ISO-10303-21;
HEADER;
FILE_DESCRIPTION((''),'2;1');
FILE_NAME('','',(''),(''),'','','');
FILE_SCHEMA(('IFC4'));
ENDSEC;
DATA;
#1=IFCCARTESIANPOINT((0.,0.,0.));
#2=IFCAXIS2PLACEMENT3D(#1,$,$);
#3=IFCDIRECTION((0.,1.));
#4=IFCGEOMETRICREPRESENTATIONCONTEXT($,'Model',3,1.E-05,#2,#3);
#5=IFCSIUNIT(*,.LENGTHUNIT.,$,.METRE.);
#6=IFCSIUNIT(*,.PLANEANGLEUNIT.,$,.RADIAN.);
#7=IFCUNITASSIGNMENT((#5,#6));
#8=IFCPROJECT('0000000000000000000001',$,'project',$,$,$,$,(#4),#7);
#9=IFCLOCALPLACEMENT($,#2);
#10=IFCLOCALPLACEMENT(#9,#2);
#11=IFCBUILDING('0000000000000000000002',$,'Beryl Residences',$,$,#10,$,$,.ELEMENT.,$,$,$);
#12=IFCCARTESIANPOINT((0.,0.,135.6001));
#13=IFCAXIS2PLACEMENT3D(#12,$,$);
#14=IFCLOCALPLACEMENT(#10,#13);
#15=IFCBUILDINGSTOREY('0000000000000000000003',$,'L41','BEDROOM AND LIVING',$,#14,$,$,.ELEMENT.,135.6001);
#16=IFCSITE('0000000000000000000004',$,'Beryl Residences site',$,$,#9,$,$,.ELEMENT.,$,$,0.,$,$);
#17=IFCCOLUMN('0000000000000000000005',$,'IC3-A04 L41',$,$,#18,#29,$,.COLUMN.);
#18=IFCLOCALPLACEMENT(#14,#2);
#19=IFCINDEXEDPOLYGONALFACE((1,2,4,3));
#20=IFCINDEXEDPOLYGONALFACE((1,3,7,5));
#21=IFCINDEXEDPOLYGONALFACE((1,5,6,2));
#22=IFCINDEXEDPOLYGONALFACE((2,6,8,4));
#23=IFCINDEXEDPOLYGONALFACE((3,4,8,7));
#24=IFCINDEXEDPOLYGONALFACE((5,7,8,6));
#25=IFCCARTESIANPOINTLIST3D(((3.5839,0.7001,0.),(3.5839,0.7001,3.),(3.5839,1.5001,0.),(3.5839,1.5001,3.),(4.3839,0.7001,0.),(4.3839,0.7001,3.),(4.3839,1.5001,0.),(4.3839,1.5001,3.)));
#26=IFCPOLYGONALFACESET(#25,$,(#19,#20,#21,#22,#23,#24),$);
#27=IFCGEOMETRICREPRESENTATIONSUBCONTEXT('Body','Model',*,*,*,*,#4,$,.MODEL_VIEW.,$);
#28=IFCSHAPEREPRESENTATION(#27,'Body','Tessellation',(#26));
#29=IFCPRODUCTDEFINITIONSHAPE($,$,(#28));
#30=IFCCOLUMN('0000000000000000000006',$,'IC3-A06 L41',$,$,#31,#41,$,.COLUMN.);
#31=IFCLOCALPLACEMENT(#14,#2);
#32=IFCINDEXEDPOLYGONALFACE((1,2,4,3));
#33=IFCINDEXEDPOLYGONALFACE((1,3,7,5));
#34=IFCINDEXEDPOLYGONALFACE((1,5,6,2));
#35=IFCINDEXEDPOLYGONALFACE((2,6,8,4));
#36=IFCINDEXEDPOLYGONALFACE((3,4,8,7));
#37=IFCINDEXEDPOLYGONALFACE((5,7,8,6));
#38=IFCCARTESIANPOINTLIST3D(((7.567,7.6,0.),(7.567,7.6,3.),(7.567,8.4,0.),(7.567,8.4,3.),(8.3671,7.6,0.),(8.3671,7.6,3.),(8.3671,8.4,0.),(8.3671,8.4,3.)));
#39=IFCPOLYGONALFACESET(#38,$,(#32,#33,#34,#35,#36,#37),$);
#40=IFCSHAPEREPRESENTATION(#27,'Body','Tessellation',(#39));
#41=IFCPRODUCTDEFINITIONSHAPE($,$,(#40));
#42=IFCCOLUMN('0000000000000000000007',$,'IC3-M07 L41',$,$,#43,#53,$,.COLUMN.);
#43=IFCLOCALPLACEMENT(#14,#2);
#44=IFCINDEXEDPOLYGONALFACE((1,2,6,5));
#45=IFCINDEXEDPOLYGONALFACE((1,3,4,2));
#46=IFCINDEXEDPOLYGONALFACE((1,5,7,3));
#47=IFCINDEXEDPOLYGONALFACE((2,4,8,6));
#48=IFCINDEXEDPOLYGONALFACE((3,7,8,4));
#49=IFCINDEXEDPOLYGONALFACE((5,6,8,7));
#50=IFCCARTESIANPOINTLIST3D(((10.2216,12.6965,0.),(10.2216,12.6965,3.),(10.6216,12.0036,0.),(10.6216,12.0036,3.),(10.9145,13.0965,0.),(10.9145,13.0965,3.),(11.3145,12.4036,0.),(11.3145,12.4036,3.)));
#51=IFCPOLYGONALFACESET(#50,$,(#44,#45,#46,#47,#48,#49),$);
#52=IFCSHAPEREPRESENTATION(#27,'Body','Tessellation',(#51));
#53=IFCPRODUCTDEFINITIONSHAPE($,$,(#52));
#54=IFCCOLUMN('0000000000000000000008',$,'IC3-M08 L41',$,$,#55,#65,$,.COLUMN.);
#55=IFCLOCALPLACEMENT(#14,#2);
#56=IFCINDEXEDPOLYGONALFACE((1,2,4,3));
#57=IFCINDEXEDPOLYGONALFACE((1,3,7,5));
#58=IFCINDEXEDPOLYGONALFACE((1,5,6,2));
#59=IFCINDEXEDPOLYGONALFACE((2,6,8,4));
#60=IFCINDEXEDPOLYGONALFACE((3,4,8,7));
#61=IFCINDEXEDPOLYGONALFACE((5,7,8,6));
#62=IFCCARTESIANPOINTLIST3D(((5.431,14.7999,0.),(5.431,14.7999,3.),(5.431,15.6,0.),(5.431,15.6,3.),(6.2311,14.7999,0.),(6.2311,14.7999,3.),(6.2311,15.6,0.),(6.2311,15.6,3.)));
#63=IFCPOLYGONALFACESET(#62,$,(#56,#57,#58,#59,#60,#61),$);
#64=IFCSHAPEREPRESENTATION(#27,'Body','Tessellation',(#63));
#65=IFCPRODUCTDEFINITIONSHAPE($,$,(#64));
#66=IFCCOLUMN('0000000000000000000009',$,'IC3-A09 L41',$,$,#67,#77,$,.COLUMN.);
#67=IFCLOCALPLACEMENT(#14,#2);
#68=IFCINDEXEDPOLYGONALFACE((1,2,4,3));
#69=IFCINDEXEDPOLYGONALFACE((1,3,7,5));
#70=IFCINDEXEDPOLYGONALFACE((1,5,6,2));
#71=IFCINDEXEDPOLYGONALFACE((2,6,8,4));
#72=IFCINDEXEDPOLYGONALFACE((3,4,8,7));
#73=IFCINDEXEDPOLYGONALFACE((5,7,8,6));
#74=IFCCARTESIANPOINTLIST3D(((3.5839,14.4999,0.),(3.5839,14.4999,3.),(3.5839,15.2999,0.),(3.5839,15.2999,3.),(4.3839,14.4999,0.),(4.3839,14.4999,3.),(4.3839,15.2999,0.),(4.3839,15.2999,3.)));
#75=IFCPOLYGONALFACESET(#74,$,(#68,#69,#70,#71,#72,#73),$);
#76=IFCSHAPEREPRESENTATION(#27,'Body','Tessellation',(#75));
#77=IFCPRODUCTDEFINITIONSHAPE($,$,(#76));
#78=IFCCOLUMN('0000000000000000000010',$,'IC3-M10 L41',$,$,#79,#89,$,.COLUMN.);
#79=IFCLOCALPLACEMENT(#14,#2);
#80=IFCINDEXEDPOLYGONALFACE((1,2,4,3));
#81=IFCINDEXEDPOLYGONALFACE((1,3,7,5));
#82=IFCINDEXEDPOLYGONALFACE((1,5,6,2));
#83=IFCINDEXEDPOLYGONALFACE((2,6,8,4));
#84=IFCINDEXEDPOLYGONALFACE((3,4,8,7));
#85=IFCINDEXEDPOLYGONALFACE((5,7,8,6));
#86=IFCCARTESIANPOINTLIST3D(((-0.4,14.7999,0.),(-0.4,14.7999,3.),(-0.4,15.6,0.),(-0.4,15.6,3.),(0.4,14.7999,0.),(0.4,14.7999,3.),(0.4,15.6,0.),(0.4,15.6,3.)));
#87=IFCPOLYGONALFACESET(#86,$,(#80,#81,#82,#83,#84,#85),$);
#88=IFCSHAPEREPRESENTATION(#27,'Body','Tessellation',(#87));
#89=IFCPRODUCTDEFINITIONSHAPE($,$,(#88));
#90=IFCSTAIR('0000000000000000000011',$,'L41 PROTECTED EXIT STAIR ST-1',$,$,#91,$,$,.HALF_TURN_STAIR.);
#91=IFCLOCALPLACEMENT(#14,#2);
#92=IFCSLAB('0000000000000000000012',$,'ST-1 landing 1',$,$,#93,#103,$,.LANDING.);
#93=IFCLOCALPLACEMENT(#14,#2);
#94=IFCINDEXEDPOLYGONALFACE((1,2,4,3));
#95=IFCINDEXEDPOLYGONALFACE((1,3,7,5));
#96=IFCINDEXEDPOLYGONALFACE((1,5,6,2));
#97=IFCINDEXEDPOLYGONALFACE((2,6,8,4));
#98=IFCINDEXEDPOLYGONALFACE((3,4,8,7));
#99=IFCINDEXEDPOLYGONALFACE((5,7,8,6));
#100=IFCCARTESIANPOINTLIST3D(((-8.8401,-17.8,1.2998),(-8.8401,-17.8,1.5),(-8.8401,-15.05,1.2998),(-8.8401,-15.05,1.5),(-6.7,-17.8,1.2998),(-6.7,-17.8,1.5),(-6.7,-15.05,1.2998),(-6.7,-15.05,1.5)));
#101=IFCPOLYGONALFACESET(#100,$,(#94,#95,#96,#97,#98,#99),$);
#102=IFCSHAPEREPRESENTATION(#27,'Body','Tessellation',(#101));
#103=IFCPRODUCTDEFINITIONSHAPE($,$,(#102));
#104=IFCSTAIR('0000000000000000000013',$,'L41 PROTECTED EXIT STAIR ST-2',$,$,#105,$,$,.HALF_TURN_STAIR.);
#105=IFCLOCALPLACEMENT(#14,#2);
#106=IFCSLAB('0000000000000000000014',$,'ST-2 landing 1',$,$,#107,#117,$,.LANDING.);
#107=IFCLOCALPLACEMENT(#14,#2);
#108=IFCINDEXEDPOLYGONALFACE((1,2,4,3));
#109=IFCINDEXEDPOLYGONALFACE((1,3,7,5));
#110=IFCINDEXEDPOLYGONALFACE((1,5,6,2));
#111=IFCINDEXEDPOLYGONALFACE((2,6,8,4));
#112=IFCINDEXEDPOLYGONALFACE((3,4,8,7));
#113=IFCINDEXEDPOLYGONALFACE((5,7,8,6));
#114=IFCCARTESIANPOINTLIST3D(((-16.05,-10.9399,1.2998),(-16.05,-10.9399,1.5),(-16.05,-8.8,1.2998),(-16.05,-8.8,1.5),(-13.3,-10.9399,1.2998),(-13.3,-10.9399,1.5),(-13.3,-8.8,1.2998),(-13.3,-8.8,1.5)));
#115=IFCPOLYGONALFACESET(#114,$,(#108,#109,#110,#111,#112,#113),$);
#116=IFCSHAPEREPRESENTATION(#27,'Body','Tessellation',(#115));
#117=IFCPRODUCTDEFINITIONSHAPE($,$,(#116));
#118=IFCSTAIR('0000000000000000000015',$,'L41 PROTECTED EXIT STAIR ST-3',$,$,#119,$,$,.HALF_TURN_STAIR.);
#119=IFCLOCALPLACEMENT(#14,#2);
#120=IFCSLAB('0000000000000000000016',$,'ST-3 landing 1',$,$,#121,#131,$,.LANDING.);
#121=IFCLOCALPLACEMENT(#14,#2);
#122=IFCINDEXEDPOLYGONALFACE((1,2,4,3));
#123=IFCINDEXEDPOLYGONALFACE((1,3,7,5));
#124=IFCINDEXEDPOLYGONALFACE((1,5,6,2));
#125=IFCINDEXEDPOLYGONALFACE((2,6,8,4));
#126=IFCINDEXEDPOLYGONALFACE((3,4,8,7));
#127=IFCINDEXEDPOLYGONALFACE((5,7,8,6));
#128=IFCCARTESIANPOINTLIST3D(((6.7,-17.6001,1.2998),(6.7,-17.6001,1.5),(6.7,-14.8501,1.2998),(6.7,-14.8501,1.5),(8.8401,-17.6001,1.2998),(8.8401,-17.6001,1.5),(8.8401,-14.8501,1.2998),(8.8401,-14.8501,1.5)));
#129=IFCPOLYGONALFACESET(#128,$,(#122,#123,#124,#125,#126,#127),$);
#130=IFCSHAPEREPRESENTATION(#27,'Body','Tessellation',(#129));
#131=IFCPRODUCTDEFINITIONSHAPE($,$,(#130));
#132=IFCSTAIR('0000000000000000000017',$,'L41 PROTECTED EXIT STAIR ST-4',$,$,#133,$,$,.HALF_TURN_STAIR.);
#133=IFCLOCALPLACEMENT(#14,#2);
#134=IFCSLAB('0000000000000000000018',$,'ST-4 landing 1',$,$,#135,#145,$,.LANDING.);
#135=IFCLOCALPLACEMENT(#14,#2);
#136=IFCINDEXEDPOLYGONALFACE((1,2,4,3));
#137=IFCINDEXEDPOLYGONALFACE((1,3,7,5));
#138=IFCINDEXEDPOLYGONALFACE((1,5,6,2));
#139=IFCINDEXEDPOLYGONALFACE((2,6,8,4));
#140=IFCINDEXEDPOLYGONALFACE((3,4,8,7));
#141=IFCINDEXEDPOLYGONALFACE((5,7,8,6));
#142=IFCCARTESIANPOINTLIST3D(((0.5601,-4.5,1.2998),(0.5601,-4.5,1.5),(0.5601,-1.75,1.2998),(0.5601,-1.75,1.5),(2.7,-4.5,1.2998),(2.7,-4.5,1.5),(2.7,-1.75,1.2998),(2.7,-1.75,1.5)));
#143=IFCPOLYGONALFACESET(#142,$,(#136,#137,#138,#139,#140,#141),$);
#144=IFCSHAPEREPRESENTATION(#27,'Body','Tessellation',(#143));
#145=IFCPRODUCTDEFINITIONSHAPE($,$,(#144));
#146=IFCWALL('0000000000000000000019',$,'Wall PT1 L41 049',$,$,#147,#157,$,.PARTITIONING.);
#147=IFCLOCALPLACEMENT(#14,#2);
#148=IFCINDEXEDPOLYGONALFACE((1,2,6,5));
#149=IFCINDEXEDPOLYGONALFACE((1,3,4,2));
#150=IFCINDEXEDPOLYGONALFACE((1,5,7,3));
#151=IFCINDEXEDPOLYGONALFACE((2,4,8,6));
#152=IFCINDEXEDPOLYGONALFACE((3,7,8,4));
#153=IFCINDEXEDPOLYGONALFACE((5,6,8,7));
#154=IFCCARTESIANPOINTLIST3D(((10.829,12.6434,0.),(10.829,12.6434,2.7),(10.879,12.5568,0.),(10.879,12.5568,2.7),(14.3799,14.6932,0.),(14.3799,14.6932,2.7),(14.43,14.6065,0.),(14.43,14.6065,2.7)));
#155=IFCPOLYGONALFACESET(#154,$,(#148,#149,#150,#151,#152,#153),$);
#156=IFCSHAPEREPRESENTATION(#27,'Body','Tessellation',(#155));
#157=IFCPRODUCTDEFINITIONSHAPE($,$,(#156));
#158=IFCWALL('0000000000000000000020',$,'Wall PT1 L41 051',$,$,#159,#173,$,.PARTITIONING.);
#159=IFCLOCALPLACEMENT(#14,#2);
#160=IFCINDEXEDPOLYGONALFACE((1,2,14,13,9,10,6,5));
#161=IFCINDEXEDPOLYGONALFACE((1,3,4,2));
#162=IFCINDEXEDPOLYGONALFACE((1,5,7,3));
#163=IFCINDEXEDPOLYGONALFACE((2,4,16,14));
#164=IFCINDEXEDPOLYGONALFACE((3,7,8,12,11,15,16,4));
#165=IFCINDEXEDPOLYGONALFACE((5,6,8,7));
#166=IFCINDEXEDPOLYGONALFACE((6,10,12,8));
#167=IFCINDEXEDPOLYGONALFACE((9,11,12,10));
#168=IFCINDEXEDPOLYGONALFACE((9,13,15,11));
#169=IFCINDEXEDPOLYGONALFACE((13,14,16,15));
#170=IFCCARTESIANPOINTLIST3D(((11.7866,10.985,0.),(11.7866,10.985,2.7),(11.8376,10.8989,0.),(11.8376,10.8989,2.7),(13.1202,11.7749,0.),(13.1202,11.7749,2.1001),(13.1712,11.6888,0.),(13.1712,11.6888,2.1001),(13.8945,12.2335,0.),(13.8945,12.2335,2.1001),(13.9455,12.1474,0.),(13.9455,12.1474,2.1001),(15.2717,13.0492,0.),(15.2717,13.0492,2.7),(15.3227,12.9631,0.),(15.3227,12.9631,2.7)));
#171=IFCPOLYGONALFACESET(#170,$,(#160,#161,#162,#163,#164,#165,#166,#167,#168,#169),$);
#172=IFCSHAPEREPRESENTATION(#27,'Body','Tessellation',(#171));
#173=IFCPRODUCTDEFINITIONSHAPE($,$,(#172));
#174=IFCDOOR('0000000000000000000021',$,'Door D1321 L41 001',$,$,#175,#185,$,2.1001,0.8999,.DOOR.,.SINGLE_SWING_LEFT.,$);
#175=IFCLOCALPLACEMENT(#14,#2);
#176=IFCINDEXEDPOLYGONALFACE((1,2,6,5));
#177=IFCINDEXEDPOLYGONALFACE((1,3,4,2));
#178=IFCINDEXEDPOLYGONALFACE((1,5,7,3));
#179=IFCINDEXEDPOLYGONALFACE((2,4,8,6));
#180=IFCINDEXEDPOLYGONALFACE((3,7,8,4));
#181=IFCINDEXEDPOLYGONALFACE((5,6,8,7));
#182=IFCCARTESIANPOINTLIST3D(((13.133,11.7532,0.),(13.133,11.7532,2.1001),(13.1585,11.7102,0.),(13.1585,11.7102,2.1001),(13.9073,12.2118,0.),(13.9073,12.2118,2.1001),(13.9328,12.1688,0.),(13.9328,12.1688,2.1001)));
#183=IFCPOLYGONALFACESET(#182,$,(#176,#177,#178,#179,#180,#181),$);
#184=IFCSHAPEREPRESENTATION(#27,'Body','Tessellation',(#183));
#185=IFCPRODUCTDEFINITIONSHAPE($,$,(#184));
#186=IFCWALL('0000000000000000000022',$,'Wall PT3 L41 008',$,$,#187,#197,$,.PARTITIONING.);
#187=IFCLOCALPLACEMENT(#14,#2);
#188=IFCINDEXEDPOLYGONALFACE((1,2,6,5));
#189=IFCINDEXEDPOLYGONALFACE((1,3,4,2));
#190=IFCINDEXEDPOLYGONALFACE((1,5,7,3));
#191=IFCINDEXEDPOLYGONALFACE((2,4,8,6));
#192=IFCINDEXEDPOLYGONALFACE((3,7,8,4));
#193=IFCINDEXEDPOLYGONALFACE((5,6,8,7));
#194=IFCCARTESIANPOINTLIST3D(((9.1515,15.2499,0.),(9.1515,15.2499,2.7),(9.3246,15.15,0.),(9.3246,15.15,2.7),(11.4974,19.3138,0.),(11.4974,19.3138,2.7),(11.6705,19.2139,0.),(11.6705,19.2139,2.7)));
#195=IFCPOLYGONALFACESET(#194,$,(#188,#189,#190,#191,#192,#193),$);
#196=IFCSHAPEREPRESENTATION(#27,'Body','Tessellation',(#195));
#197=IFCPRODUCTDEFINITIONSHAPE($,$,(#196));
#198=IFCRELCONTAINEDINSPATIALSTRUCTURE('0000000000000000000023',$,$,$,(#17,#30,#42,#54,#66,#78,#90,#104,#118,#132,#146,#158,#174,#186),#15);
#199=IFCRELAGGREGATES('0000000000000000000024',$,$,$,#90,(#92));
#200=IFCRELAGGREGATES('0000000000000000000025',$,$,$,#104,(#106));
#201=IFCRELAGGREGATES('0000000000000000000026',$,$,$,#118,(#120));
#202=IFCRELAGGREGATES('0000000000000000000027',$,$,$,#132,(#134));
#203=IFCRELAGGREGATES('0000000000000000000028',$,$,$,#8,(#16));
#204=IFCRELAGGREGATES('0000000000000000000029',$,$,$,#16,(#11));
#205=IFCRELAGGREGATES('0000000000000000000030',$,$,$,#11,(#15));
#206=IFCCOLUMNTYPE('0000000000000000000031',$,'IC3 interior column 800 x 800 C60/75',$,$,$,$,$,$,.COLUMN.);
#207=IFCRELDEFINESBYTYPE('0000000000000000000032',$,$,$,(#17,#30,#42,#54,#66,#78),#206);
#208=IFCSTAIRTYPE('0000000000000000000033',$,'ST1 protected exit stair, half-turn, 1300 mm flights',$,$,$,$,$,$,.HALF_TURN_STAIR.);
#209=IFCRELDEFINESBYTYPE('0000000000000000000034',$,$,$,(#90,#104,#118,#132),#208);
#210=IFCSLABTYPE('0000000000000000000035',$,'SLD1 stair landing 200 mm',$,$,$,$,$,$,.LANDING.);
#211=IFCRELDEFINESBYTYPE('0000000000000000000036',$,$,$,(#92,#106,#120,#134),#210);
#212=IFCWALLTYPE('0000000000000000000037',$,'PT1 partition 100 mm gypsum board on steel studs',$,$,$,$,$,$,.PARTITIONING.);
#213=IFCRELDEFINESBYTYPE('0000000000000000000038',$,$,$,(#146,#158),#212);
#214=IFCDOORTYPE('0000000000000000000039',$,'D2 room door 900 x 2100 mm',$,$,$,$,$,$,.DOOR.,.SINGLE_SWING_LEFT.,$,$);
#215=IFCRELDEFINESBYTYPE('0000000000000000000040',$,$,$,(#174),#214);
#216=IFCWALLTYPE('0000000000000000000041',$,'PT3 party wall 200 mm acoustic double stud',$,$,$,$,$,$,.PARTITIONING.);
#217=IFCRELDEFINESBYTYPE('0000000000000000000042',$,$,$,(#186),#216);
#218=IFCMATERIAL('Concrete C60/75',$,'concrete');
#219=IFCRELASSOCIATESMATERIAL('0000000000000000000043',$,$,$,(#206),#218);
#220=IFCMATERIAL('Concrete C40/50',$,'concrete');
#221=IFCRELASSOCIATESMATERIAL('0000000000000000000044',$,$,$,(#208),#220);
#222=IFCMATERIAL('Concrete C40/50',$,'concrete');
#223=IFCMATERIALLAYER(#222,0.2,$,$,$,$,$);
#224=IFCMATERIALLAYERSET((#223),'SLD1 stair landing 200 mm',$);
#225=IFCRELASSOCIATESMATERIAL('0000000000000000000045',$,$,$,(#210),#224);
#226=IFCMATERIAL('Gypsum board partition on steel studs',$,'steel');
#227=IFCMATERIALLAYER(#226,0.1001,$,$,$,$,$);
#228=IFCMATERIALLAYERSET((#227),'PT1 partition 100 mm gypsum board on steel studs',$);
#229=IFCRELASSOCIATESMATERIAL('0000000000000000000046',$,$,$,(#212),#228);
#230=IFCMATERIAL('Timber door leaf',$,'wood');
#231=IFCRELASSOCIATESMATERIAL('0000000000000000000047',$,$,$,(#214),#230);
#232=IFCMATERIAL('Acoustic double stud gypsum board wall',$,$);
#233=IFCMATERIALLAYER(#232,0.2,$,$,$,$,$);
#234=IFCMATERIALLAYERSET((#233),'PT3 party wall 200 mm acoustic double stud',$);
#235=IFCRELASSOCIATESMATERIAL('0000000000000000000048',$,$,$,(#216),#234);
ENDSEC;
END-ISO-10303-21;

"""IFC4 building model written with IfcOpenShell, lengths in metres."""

from ifc_helpers import new_model, si_unit, direction, frame, frame_2d, origin, origin_2d, place, context, subcontext, project, spatial, polyline, rectangle, outline, extrude, material, layer, layer_set, material_profile, profile_set, type_object, element, fill, aggregate, save


model = new_model("IFC4")

# Units and contexts
model_context = context("Model", 3, precision=1e-05, world=origin(), true_north=direction((0.0, 1.0)))
body_context = subcontext(model_context, "Body", "Model", "MODEL_VIEW")
ifc_project = project(units=[si_unit("LENGTHUNIT", "METRE"), si_unit("PLANEANGLEUNIT", "RADIAN")], contexts=[model_context])

# Site, building, storey
site_placement = place(None, origin())
site = spatial("IfcSite", under=ifc_project, at=site_placement, Name="Beryl Residences site", CompositionType="ELEMENT", RefElevation=0.0)
building_placement = place(site_placement, origin())
building = spatial("IfcBuilding", under=site, at=building_placement, Name="Beryl Residences", CompositionType="ELEMENT")
storey_placement = place(building_placement, frame((0.0, 0.0, 135.6001)))
storey = spatial("IfcBuildingStorey", under=building, at=storey_placement, Name="L41", Description="BEDROOM AND LIVING", CompositionType="ELEMENT", Elevation=135.6001)

# Columns
ifc_material_1 = material(Name="Concrete C60/75", Category="concrete")
ifc_material_profile = material_profile(ifc_material_1, rectangle(XDim=0.8, YDim=0.8, at=origin_2d()))
ifc_profile_set = profile_set([ifc_material_profile], Name="Concrete C60/75")
column_type = type_object("IfcColumnType", Name="IC3 interior column 800 x 800 C60/75", PredefinedType="COLUMN", material=ifc_profile_set)
for number, where, z_axis, x_axis, name in (
    (1, (3.9839, 1.1001, 0.0), (0.0, 0.0, 1.0), (1.0, 0.0, 0.0), "IC3-A04 L41"),
    (2, (7.967, 8.0, 0.0), (0.0, 0.0, 1.0), (1.0, 0.0, 0.0), "IC3-A06 L41"),
    (3, (10.7681, 12.55, 0.0), (0.0, 0.0, 1.0), (-0.5, 0.866025, 0.0), "IC3-M07 L41"),
    (4, (5.8311, 15.2, 0.0), (0.0, 0.0, 1.0), (-1.0, 0.0, 0.0), "IC3-M08 L41"),
    (5, (3.9839, 14.8999, 0.0), (0.0, 0.0, 1.0), (1.0, 0.0, 0.0), "IC3-A09 L41"),
    (6, (0.0, 15.2, 0.0), (0.0, 0.0, 1.0), (-1.0, 0.0, 0.0), "IC3-M10 L41"),
):
    element("IfcColumn", number, at=place(storey_placement, frame(where, z_axis=z_axis, x_axis=x_axis)), inside=storey, type_object=column_type, Name=name, PredefinedType="COLUMN", context=body_context, shape_type="SweptSolid", body=[
        extrude(rectangle(XDim=0.8, YDim=0.8, at=origin_2d()), origin(), (0.0, 0.0, 1.0), 3.0),
    ])

# Stairs, slabs
ifc_material_2 = material(Name="Concrete C40/50", Category="concrete")
stair_type = type_object("IfcStairType", Name="ST1 protected exit stair, half-turn, 1300 mm flights", PredefinedType="HALF_TURN_STAIR", material=ifc_material_2)
stair_1_placement = place(storey_placement, origin())
stair_1 = element("IfcStair", 7, at=stair_1_placement, inside=storey, type_object=stair_type, Name="L41 PROTECTED EXIT STAIR ST-1", PredefinedType="HALF_TURN_STAIR")
ifc_material_3 = material(Name="Concrete C40/50", Category="concrete")
ifc_layer_1 = layer(ifc_material_3, 0.2)
ifc_layer_set_1 = layer_set([ifc_layer_1], Name="SLD1 stair landing 200 mm")
slab_type_1 = type_object("IfcSlabType", Name="SLD1 stair landing 200 mm", PredefinedType="LANDING", material=ifc_layer_set_1)
slab_1_placement = place(storey_placement, frame((0.0, 0.0, 1.2998)))
slab_1 = element("IfcSlab", 8, at=slab_1_placement, type_object=slab_type_1, Name="ST-1 landing 1", PredefinedType="LANDING", context=body_context, shape_type="SweptSolid", body=[
    extrude(outline(polyline([(-8.8401, -17.8), (-6.7, -17.8), (-6.7, -15.05), (-8.8401, -15.05), (-8.8401, -17.8)])), origin(), (0.0, 0.0, 1.0), 0.2002),
])
aggregate(stair_1, [slab_1])
stair_2_placement = place(storey_placement, origin())
stair_2 = element("IfcStair", 9, at=stair_2_placement, inside=storey, type_object=stair_type, Name="L41 PROTECTED EXIT STAIR ST-2", PredefinedType="HALF_TURN_STAIR")
slab_2_placement = place(storey_placement, frame((0.0, 0.0, 1.2998)))
slab_2 = element("IfcSlab", 10, at=slab_2_placement, type_object=slab_type_1, Name="ST-2 landing 1", PredefinedType="LANDING", context=body_context, shape_type="SweptSolid", body=[
    extrude(outline(polyline([(-13.3, -10.9399), (-13.3, -8.8), (-16.05, -8.8), (-16.05, -10.9399), (-13.3, -10.9399)])), origin(), (0.0, 0.0, 1.0), 0.2002),
])
aggregate(stair_2, [slab_2])
stair_3_placement = place(storey_placement, origin())
stair_3 = element("IfcStair", 11, at=stair_3_placement, inside=storey, type_object=stair_type, Name="L41 PROTECTED EXIT STAIR ST-3", PredefinedType="HALF_TURN_STAIR")
slab_3_placement = place(storey_placement, frame((0.0, 0.0, 1.2998)))
slab_3 = element("IfcSlab", 12, at=slab_3_placement, type_object=slab_type_1, Name="ST-3 landing 1", PredefinedType="LANDING", context=body_context, shape_type="SweptSolid", body=[
    extrude(outline(polyline([(8.8401, -14.8501), (6.7, -14.8501), (6.7, -17.6001), (8.8401, -17.6001), (8.8401, -14.8501)])), origin(), (0.0, 0.0, 1.0), 0.2002),
])
aggregate(stair_3, [slab_3])
stair_4_placement = place(storey_placement, origin())
stair_4 = element("IfcStair", 13, at=stair_4_placement, inside=storey, type_object=stair_type, Name="L41 PROTECTED EXIT STAIR ST-4", PredefinedType="HALF_TURN_STAIR")
slab_4_placement = place(storey_placement, frame((0.0, 0.0, 1.2998)))
slab_4 = element("IfcSlab", 14, at=slab_4_placement, type_object=slab_type_1, Name="ST-4 landing 1", PredefinedType="LANDING", context=body_context, shape_type="SweptSolid", body=[
    extrude(outline(polyline([(0.5601, -4.5), (2.7, -4.5), (2.7, -1.75), (0.5601, -1.75), (0.5601, -4.5)])), origin(), (0.0, 0.0, 1.0), 0.2002),
])
aggregate(stair_4, [slab_4])

# Wall
ifc_material_4 = material(Name="Gypsum board partition on steel studs", Category="steel")
ifc_layer_2 = layer(ifc_material_4, 0.1001)
ifc_layer_set_2 = layer_set([ifc_layer_2], Name="PT1 partition 100 mm gypsum board on steel studs")
wall_type_1 = type_object("IfcWallType", Name="PT1 partition 100 mm gypsum board on steel studs", PredefinedType="PARTITIONING", material=ifc_layer_set_2)
wall_1_placement = place(storey_placement, frame((10.854, 12.6001, 0.0), z_axis=(0.0, 0.0, 1.0), x_axis=(0.866066, 0.49993, 0.0)))
element("IfcWall", 15, at=wall_1_placement, inside=storey, type_object=wall_type_1, Name="Wall PT1 L41 049", PredefinedType="PARTITIONING", context=body_context, shape_type="SweptSolid", body=[
    extrude(rectangle(XDim=4.1001, YDim=0.1001, at=frame_2d((2.05, 0.0))), origin(), (0.0, 0.0, 1.0), 2.7),
])

# Wall, opening, door
wall_2_placement = place(storey_placement, frame((11.812, 10.9419, 0.0), z_axis=(0.0, 0.0, 1.0), x_axis=(0.860404, 0.509612, 0.0)))
wall_2 = element("IfcWall", 16, at=wall_2_placement, inside=storey, type_object=wall_type_1, Name="Wall PT1 L41 051", PredefinedType="PARTITIONING", context=body_context, shape_type="SweptSolid", body=[
    extrude(rectangle(XDim=4.0505, YDim=0.1001, at=frame_2d((2.0254, 0.0))), origin(), (0.0, 0.0, 1.0), 2.7),
])
opening_1_placement = place(wall_2_placement, frame((1.55, 0.0, 0.0)))
opening_1 = element("IfcOpeningElement", 17, at=opening_1_placement, cuts=wall_2, PredefinedType="OPENING", context=body_context, shape_type="SweptSolid", body=[
    extrude(rectangle(XDim=0.8999, YDim=2.1001, at=frame_2d((0.45, 1.05))), frame((0.0, 0.0601, 0.0), z_axis=(0.0, -1.0, 0.0), x_axis=(1.0, 0.0, 0.0)), (0.0, 0.0, 1.0), 0.1201),
])
ifc_material_5 = material(Name="Timber door leaf", Category="wood")
door_type_1 = type_object("IfcDoorType", Name="D2 room door 900 x 2100 mm", OperationType="SINGLE_SWING_LEFT", PredefinedType="DOOR", material=ifc_material_5)
door_1_placement = place(opening_1_placement, origin())
door_1 = element("IfcDoor", 18, at=door_1_placement, inside=storey, type_object=door_type_1, Name="Door D1321 L41 001", OperationType="SINGLE_SWING_LEFT", OverallHeight=2.1001, OverallWidth=0.8999, PredefinedType="DOOR", context=body_context, shape_type="SweptSolid", body=[
    extrude(rectangle(XDim=0.8999, YDim=2.1001, at=frame_2d((0.45, 1.05))), frame((0.0, 0.0249, 0.0), z_axis=(0.0, -1.0, 0.0), x_axis=(1.0, 0.0, 0.0)), (0.0, 0.0, 1.0), 0.05),
])
fill(opening_1, door_1)

# Wall
ifc_material_6 = material(Name="Acoustic double stud gypsum board wall")
ifc_layer_3 = layer(ifc_material_6, 0.2)
ifc_layer_set_3 = layer_set([ifc_layer_3], Name="PT3 party wall 200 mm acoustic double stud")
wall_type_2 = type_object("IfcWallType", Name="PT3 party wall 200 mm acoustic double stud", PredefinedType="PARTITIONING", material=ifc_layer_set_3)
wall_3_placement = place(storey_placement, frame((9.238, 15.2, 0.0), z_axis=(0.0, 0.0, 1.0), x_axis=(0.499939, 0.866061, 0.0)))
element("IfcWall", 19, at=wall_3_placement, inside=storey, type_object=wall_type_2, Name="Wall PT3 L41 008", PredefinedType="PARTITIONING", context=body_context, shape_type="SweptSolid", body=[
    extrude(rectangle(XDim=4.6924, YDim=0.2, at=frame_2d((2.3462, 0.0))), origin(), (0.0, 0.0, 1.0), 2.7),
])

save(model, "model.ifc")
